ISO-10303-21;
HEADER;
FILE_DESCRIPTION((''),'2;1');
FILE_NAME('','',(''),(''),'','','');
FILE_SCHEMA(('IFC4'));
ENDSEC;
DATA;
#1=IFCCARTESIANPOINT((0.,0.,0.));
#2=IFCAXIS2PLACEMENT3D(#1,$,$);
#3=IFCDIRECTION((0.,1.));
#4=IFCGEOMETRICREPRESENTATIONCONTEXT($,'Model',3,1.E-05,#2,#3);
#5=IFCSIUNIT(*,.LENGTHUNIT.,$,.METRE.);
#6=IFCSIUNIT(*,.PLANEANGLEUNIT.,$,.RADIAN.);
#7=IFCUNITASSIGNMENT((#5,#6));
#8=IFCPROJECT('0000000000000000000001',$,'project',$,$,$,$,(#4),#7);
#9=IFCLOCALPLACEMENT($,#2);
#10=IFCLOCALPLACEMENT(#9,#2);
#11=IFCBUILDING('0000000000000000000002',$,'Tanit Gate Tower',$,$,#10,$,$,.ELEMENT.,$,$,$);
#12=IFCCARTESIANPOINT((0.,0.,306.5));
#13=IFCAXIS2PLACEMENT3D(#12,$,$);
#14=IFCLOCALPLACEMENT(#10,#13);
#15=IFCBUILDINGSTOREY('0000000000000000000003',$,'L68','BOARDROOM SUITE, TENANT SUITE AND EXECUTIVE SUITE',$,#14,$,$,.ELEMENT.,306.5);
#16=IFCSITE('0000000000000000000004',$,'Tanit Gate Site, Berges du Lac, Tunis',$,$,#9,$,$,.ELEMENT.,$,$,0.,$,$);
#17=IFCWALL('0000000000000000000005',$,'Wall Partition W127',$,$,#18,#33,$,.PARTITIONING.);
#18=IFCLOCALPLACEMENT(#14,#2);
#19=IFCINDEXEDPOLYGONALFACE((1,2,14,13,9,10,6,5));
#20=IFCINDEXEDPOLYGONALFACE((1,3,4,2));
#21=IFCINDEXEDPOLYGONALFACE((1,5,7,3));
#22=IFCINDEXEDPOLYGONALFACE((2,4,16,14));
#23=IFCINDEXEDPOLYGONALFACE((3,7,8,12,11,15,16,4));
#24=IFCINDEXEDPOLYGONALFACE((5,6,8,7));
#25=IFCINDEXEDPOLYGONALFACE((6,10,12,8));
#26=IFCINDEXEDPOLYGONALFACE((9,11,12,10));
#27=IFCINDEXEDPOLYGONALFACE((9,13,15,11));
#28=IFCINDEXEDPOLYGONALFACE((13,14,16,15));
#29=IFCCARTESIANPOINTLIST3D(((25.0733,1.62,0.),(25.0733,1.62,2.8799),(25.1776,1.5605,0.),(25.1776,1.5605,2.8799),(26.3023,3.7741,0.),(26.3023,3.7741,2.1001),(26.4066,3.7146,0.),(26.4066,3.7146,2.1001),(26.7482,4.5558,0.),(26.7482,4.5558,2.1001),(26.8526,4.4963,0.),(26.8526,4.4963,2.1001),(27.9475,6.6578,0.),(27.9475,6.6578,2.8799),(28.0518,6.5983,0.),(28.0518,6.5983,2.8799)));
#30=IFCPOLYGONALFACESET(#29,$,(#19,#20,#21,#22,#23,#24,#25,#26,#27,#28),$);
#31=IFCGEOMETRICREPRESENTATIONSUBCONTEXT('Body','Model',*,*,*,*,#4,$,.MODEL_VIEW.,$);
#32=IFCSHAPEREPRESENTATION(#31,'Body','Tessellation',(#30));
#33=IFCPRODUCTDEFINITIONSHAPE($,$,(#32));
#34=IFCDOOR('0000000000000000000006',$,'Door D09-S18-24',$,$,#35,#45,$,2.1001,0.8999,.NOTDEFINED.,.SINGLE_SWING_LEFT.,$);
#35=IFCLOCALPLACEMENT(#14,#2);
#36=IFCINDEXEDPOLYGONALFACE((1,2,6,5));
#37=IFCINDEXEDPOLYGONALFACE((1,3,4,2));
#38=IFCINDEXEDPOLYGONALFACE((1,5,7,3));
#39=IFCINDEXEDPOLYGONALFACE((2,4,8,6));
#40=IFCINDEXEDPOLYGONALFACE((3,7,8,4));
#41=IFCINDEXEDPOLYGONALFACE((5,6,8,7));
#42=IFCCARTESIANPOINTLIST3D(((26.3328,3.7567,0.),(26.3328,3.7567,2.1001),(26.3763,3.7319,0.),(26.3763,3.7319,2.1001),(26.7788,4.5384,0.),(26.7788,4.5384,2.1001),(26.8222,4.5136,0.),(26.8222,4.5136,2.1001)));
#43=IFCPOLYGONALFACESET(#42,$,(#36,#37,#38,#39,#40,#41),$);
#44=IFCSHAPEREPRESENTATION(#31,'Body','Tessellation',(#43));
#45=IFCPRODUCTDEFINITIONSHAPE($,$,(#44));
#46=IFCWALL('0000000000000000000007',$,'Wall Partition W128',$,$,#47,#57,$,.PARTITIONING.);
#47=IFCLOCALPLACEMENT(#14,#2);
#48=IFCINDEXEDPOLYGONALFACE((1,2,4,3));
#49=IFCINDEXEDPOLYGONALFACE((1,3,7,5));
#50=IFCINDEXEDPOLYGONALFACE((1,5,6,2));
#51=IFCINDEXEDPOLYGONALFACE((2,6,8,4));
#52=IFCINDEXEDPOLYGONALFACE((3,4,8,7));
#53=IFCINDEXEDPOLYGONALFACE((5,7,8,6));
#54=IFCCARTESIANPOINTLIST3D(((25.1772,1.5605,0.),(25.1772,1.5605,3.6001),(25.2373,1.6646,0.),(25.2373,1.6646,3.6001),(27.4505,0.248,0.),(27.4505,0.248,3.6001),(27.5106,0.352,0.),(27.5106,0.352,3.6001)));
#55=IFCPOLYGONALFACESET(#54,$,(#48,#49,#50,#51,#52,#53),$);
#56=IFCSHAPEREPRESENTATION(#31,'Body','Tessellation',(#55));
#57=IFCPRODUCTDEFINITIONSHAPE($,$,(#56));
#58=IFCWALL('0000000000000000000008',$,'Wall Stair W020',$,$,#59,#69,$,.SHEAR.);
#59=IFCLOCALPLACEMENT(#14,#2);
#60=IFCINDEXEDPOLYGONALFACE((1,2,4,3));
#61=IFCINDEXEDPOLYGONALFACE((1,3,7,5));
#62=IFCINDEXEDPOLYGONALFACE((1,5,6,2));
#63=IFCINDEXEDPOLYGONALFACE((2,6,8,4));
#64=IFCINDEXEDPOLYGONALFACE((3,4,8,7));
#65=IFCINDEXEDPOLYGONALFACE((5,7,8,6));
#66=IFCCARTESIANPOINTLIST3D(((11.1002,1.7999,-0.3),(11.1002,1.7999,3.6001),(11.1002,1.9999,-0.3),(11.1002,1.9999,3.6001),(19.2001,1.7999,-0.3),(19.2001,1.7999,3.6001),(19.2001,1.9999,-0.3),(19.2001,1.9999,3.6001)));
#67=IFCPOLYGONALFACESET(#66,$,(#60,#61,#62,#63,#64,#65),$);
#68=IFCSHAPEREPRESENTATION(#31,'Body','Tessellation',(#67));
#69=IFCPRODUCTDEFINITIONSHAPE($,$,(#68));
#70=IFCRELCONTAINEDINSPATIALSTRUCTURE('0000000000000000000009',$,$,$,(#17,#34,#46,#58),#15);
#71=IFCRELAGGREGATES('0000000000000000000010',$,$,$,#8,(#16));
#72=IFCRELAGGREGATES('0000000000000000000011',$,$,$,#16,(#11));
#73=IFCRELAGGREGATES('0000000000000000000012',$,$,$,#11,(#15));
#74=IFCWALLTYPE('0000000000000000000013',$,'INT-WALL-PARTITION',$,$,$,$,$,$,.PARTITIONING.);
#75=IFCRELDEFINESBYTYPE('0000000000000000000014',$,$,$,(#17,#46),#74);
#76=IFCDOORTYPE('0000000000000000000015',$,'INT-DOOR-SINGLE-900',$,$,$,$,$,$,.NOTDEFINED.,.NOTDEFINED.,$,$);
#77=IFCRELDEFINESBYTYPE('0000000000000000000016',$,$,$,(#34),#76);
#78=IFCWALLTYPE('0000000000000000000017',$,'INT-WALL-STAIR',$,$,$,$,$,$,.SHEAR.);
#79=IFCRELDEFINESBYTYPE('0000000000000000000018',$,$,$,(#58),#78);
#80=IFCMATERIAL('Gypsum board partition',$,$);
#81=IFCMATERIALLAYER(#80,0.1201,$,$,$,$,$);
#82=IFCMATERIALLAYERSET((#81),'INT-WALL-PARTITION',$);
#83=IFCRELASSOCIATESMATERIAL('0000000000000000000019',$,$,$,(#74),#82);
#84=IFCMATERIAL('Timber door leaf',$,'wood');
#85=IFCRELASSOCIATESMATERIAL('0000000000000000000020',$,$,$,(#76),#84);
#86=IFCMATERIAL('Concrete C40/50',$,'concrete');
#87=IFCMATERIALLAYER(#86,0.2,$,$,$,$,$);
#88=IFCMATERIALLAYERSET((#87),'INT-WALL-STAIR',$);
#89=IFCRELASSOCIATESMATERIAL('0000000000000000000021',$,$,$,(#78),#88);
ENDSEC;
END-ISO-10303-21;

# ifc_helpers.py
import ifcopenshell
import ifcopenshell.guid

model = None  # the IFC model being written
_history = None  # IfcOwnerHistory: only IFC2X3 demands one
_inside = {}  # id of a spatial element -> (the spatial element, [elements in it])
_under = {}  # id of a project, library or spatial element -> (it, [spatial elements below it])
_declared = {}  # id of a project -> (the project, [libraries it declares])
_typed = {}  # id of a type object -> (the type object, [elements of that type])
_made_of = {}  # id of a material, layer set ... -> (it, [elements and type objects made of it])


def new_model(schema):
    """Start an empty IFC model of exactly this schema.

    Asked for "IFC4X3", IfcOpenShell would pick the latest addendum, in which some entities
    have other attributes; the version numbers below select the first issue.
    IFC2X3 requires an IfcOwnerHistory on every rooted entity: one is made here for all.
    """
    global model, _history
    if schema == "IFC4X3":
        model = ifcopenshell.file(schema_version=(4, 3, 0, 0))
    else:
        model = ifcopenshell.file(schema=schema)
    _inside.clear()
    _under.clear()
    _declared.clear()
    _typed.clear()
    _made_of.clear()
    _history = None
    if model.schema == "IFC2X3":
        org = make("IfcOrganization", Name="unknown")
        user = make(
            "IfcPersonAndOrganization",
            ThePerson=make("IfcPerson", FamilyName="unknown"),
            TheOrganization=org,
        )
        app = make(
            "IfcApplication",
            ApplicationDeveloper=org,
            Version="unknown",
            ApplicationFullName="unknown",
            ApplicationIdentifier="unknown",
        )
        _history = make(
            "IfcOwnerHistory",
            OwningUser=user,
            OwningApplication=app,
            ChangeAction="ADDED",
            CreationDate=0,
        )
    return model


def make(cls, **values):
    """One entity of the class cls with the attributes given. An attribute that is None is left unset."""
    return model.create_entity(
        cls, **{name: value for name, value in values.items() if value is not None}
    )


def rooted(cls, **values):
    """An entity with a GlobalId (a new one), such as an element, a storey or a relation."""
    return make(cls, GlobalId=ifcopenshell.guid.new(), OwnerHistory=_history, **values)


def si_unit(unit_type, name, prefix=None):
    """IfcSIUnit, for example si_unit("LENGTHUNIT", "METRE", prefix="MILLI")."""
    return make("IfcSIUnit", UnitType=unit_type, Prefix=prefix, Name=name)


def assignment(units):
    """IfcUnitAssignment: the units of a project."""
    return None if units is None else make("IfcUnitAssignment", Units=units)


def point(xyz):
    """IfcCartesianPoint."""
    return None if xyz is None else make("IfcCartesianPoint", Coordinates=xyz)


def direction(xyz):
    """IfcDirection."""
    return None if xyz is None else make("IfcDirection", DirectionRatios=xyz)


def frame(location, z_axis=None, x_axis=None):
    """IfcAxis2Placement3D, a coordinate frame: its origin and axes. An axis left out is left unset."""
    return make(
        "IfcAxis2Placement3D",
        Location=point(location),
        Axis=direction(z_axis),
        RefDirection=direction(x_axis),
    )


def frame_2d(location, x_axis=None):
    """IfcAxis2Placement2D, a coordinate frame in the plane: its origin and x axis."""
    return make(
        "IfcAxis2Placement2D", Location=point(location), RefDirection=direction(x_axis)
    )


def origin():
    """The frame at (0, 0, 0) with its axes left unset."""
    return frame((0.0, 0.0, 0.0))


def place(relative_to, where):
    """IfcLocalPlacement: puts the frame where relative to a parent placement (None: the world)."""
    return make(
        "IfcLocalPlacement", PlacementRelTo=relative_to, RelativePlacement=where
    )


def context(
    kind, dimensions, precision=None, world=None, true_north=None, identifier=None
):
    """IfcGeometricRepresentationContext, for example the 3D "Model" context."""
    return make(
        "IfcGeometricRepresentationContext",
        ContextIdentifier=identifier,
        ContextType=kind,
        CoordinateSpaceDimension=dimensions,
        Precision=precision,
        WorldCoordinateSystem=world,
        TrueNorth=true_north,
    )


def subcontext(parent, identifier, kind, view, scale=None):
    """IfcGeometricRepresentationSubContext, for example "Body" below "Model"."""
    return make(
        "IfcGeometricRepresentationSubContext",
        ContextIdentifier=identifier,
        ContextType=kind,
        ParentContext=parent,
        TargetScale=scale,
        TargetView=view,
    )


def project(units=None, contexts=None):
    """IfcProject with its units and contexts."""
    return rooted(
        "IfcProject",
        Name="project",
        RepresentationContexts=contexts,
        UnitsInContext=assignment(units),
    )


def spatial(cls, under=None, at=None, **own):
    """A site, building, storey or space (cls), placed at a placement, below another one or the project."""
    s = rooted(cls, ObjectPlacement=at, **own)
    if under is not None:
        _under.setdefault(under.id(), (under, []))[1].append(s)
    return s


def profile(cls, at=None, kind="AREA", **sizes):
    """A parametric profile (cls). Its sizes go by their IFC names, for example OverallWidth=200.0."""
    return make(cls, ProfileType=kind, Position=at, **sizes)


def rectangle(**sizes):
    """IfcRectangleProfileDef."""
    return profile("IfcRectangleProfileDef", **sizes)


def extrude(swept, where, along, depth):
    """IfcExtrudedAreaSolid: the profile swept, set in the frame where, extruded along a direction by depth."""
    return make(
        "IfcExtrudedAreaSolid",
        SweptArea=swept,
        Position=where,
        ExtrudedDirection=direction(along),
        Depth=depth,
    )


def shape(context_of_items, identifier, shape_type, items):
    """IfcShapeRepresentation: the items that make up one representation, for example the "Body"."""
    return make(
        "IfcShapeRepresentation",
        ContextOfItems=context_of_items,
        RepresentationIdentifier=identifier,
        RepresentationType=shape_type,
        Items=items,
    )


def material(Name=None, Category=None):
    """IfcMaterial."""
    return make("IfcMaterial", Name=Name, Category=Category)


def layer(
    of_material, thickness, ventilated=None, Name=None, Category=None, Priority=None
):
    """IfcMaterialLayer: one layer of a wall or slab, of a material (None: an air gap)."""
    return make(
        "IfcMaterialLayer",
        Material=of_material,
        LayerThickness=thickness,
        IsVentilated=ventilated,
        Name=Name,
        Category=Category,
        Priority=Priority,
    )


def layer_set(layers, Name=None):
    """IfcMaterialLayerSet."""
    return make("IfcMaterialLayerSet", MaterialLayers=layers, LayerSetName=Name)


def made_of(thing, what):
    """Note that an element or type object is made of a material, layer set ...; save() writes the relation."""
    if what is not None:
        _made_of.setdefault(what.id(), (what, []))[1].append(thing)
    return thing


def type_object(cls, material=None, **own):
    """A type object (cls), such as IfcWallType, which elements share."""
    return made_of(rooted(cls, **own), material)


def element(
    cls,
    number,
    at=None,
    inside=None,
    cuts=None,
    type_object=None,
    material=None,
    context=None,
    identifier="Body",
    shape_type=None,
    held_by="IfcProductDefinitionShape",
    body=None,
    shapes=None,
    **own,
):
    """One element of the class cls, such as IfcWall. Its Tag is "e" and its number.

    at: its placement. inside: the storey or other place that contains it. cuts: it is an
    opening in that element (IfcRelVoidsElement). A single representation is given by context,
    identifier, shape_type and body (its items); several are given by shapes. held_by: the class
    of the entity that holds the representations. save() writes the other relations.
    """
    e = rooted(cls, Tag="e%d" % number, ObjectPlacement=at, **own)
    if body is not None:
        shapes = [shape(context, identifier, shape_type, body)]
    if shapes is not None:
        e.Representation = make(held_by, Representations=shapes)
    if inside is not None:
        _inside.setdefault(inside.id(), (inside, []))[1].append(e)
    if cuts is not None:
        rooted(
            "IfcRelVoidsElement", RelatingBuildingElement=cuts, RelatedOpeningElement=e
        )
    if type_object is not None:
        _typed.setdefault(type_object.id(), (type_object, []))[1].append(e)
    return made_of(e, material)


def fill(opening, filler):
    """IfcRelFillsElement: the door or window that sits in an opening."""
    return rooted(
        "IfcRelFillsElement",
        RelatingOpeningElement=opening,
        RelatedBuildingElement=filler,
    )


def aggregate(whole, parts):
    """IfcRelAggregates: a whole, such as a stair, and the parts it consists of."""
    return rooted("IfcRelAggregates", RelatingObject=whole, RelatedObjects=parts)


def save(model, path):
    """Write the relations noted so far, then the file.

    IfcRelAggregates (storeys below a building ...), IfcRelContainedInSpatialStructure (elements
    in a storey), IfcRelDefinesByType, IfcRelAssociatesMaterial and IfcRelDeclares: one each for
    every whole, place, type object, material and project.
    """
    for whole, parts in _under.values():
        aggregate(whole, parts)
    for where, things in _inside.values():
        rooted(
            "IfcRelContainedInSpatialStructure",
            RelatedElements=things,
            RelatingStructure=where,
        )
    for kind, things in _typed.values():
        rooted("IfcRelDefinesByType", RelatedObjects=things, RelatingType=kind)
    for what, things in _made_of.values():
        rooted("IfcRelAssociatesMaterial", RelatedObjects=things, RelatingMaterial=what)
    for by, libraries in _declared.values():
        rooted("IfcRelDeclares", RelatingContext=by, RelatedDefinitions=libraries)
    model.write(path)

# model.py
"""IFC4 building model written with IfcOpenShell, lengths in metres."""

from ifc_helpers import new_model, si_unit, direction, frame, frame_2d, origin, place, context, subcontext, project, spatial, rectangle, extrude, material, layer, layer_set, type_object, element, fill, save


model = new_model("IFC4")

# Units and contexts
model_context = context("Model", 3, precision=1e-05, world=origin(), true_north=direction((0.0, 1.0)))
body_context = subcontext(model_context, "Body", "Model", "MODEL_VIEW")
ifc_project = project(units=[si_unit("LENGTHUNIT", "METRE"), si_unit("PLANEANGLEUNIT", "RADIAN")], contexts=[model_context])

# Site, building, storey
site_placement = place(None, origin())
site = spatial("IfcSite", under=ifc_project, at=site_placement, Name="Tanit Gate Site, Berges du Lac, Tunis", CompositionType="ELEMENT", RefElevation=0.0)
building_placement = place(site_placement, origin())
building = spatial("IfcBuilding", under=site, at=building_placement, Name="Tanit Gate Tower", CompositionType="ELEMENT")
storey_placement = place(building_placement, frame((0.0, 0.0, 306.5)))
storey = spatial("IfcBuildingStorey", under=building, at=storey_placement, Name="L68", Description="BOARDROOM SUITE, TENANT SUITE AND EXECUTIVE SUITE", CompositionType="ELEMENT", Elevation=306.5)

# Shared definitions
ifc_material_1 = material(Name="Gypsum board partition")
ifc_layer_1 = layer(ifc_material_1, 0.1201)
ifc_layer_set_1 = layer_set([ifc_layer_1], Name="INT-WALL-PARTITION")
wall_type_1 = type_object("IfcWallType", Name="INT-WALL-PARTITION", PredefinedType="PARTITIONING", material=ifc_layer_set_1)

# Shared definitions
ifc_material_2 = material(Name="Timber door leaf", Category="wood")
door_type_1 = type_object("IfcDoorType", Name="INT-DOOR-SINGLE-900", OperationType="NOTDEFINED", PredefinedType="NOTDEFINED", material=ifc_material_2)

# Wall, opening, door
wall_1_placement = place(storey_placement, frame((25.1255, 1.5903, 0.0), z_axis=(0.0, 0.0, 1.0), x_axis=(0.495554, 0.868577, 0.0)))
wall_1 = element("IfcWall", 1, at=wall_1_placement, inside=storey, type_object=wall_type_1, Name="Wall Partition W127", PredefinedType="PARTITIONING", context=body_context, shape_type="SweptSolid", body=[
    extrude(rectangle(XDim=5.8, YDim=0.1201, at=frame_2d((2.8999, 0.0))), origin(), (0.0, 0.0, 1.0), 2.8799),
])
opening_1_placement = place(wall_1_placement, frame((2.48, 0.0, 0.0)))
opening_1 = element("IfcOpeningElement", 2, at=opening_1_placement, cuts=wall_1, PredefinedType="OPENING", context=body_context, shape_type="SweptSolid", body=[
    extrude(rectangle(XDim=0.8999, YDim=2.1001, at=frame_2d((0.45, 1.05))), frame((0.0, 0.0701, 0.0), z_axis=(0.0, -1.0, 0.0), x_axis=(1.0, 0.0, 0.0)), (0.0, 0.0, 1.0), 0.1401),
])
door_1_placement = place(opening_1_placement, origin())
door_1 = element("IfcDoor", 3, at=door_1_placement, inside=storey, type_object=door_type_1, Name="Door D09-S18-24", OperationType="SINGLE_SWING_LEFT", OverallHeight=2.1001, OverallWidth=0.8999, PredefinedType="NOTDEFINED", context=body_context, shape_type="SweptSolid", body=[
    extrude(rectangle(XDim=0.8999, YDim=2.1001, at=frame_2d((0.45, 1.05))), frame((0.0, 0.0249, 0.0), z_axis=(0.0, -1.0, 0.0), x_axis=(1.0, 0.0, 0.0)), (0.0, 0.0, 1.0), 0.05),
])
fill(opening_1, door_1)

# Walls
wall_2_placement = place(storey_placement, frame((25.2073, 1.6125, 0.0), z_axis=(0.0, 0.0, 1.0), x_axis=(0.866014, -0.50002, 0.0)))
element("IfcWall", 4, at=wall_2_placement, inside=storey, type_object=wall_type_1, Name="Wall Partition W128", PredefinedType="PARTITIONING", context=body_context, shape_type="SweptSolid", body=[
    extrude(rectangle(XDim=2.625, YDim=0.1201, at=frame_2d((1.3125, 0.0))), origin(), (0.0, 0.0, 1.0), 3.6001),
])
ifc_material_3 = material(Name="Concrete C40/50", Category="concrete")
ifc_layer_2 = layer(ifc_material_3, 0.2)
ifc_layer_set_2 = layer_set([ifc_layer_2], Name="INT-WALL-STAIR")
wall_type_2 = type_object("IfcWallType", Name="INT-WALL-STAIR", PredefinedType="SHEAR", material=ifc_layer_set_2)
wall_3_placement = place(storey_placement, frame((19.2, 1.8999, -0.3), z_axis=(0.0, 0.0, 1.0), x_axis=(-1.0, 0.0, 0.0)))
element("IfcWall", 5, at=wall_3_placement, inside=storey, type_object=wall_type_2, Name="Wall Stair W020", PredefinedType="SHEAR", context=body_context, shape_type="SweptSolid", body=[
    extrude(rectangle(XDim=8.0999, YDim=0.2, at=frame_2d((4.0498, 0.0))), origin(), (0.0, 0.0, 1.0), 3.9001),
])

save(model, "model.ifc")
